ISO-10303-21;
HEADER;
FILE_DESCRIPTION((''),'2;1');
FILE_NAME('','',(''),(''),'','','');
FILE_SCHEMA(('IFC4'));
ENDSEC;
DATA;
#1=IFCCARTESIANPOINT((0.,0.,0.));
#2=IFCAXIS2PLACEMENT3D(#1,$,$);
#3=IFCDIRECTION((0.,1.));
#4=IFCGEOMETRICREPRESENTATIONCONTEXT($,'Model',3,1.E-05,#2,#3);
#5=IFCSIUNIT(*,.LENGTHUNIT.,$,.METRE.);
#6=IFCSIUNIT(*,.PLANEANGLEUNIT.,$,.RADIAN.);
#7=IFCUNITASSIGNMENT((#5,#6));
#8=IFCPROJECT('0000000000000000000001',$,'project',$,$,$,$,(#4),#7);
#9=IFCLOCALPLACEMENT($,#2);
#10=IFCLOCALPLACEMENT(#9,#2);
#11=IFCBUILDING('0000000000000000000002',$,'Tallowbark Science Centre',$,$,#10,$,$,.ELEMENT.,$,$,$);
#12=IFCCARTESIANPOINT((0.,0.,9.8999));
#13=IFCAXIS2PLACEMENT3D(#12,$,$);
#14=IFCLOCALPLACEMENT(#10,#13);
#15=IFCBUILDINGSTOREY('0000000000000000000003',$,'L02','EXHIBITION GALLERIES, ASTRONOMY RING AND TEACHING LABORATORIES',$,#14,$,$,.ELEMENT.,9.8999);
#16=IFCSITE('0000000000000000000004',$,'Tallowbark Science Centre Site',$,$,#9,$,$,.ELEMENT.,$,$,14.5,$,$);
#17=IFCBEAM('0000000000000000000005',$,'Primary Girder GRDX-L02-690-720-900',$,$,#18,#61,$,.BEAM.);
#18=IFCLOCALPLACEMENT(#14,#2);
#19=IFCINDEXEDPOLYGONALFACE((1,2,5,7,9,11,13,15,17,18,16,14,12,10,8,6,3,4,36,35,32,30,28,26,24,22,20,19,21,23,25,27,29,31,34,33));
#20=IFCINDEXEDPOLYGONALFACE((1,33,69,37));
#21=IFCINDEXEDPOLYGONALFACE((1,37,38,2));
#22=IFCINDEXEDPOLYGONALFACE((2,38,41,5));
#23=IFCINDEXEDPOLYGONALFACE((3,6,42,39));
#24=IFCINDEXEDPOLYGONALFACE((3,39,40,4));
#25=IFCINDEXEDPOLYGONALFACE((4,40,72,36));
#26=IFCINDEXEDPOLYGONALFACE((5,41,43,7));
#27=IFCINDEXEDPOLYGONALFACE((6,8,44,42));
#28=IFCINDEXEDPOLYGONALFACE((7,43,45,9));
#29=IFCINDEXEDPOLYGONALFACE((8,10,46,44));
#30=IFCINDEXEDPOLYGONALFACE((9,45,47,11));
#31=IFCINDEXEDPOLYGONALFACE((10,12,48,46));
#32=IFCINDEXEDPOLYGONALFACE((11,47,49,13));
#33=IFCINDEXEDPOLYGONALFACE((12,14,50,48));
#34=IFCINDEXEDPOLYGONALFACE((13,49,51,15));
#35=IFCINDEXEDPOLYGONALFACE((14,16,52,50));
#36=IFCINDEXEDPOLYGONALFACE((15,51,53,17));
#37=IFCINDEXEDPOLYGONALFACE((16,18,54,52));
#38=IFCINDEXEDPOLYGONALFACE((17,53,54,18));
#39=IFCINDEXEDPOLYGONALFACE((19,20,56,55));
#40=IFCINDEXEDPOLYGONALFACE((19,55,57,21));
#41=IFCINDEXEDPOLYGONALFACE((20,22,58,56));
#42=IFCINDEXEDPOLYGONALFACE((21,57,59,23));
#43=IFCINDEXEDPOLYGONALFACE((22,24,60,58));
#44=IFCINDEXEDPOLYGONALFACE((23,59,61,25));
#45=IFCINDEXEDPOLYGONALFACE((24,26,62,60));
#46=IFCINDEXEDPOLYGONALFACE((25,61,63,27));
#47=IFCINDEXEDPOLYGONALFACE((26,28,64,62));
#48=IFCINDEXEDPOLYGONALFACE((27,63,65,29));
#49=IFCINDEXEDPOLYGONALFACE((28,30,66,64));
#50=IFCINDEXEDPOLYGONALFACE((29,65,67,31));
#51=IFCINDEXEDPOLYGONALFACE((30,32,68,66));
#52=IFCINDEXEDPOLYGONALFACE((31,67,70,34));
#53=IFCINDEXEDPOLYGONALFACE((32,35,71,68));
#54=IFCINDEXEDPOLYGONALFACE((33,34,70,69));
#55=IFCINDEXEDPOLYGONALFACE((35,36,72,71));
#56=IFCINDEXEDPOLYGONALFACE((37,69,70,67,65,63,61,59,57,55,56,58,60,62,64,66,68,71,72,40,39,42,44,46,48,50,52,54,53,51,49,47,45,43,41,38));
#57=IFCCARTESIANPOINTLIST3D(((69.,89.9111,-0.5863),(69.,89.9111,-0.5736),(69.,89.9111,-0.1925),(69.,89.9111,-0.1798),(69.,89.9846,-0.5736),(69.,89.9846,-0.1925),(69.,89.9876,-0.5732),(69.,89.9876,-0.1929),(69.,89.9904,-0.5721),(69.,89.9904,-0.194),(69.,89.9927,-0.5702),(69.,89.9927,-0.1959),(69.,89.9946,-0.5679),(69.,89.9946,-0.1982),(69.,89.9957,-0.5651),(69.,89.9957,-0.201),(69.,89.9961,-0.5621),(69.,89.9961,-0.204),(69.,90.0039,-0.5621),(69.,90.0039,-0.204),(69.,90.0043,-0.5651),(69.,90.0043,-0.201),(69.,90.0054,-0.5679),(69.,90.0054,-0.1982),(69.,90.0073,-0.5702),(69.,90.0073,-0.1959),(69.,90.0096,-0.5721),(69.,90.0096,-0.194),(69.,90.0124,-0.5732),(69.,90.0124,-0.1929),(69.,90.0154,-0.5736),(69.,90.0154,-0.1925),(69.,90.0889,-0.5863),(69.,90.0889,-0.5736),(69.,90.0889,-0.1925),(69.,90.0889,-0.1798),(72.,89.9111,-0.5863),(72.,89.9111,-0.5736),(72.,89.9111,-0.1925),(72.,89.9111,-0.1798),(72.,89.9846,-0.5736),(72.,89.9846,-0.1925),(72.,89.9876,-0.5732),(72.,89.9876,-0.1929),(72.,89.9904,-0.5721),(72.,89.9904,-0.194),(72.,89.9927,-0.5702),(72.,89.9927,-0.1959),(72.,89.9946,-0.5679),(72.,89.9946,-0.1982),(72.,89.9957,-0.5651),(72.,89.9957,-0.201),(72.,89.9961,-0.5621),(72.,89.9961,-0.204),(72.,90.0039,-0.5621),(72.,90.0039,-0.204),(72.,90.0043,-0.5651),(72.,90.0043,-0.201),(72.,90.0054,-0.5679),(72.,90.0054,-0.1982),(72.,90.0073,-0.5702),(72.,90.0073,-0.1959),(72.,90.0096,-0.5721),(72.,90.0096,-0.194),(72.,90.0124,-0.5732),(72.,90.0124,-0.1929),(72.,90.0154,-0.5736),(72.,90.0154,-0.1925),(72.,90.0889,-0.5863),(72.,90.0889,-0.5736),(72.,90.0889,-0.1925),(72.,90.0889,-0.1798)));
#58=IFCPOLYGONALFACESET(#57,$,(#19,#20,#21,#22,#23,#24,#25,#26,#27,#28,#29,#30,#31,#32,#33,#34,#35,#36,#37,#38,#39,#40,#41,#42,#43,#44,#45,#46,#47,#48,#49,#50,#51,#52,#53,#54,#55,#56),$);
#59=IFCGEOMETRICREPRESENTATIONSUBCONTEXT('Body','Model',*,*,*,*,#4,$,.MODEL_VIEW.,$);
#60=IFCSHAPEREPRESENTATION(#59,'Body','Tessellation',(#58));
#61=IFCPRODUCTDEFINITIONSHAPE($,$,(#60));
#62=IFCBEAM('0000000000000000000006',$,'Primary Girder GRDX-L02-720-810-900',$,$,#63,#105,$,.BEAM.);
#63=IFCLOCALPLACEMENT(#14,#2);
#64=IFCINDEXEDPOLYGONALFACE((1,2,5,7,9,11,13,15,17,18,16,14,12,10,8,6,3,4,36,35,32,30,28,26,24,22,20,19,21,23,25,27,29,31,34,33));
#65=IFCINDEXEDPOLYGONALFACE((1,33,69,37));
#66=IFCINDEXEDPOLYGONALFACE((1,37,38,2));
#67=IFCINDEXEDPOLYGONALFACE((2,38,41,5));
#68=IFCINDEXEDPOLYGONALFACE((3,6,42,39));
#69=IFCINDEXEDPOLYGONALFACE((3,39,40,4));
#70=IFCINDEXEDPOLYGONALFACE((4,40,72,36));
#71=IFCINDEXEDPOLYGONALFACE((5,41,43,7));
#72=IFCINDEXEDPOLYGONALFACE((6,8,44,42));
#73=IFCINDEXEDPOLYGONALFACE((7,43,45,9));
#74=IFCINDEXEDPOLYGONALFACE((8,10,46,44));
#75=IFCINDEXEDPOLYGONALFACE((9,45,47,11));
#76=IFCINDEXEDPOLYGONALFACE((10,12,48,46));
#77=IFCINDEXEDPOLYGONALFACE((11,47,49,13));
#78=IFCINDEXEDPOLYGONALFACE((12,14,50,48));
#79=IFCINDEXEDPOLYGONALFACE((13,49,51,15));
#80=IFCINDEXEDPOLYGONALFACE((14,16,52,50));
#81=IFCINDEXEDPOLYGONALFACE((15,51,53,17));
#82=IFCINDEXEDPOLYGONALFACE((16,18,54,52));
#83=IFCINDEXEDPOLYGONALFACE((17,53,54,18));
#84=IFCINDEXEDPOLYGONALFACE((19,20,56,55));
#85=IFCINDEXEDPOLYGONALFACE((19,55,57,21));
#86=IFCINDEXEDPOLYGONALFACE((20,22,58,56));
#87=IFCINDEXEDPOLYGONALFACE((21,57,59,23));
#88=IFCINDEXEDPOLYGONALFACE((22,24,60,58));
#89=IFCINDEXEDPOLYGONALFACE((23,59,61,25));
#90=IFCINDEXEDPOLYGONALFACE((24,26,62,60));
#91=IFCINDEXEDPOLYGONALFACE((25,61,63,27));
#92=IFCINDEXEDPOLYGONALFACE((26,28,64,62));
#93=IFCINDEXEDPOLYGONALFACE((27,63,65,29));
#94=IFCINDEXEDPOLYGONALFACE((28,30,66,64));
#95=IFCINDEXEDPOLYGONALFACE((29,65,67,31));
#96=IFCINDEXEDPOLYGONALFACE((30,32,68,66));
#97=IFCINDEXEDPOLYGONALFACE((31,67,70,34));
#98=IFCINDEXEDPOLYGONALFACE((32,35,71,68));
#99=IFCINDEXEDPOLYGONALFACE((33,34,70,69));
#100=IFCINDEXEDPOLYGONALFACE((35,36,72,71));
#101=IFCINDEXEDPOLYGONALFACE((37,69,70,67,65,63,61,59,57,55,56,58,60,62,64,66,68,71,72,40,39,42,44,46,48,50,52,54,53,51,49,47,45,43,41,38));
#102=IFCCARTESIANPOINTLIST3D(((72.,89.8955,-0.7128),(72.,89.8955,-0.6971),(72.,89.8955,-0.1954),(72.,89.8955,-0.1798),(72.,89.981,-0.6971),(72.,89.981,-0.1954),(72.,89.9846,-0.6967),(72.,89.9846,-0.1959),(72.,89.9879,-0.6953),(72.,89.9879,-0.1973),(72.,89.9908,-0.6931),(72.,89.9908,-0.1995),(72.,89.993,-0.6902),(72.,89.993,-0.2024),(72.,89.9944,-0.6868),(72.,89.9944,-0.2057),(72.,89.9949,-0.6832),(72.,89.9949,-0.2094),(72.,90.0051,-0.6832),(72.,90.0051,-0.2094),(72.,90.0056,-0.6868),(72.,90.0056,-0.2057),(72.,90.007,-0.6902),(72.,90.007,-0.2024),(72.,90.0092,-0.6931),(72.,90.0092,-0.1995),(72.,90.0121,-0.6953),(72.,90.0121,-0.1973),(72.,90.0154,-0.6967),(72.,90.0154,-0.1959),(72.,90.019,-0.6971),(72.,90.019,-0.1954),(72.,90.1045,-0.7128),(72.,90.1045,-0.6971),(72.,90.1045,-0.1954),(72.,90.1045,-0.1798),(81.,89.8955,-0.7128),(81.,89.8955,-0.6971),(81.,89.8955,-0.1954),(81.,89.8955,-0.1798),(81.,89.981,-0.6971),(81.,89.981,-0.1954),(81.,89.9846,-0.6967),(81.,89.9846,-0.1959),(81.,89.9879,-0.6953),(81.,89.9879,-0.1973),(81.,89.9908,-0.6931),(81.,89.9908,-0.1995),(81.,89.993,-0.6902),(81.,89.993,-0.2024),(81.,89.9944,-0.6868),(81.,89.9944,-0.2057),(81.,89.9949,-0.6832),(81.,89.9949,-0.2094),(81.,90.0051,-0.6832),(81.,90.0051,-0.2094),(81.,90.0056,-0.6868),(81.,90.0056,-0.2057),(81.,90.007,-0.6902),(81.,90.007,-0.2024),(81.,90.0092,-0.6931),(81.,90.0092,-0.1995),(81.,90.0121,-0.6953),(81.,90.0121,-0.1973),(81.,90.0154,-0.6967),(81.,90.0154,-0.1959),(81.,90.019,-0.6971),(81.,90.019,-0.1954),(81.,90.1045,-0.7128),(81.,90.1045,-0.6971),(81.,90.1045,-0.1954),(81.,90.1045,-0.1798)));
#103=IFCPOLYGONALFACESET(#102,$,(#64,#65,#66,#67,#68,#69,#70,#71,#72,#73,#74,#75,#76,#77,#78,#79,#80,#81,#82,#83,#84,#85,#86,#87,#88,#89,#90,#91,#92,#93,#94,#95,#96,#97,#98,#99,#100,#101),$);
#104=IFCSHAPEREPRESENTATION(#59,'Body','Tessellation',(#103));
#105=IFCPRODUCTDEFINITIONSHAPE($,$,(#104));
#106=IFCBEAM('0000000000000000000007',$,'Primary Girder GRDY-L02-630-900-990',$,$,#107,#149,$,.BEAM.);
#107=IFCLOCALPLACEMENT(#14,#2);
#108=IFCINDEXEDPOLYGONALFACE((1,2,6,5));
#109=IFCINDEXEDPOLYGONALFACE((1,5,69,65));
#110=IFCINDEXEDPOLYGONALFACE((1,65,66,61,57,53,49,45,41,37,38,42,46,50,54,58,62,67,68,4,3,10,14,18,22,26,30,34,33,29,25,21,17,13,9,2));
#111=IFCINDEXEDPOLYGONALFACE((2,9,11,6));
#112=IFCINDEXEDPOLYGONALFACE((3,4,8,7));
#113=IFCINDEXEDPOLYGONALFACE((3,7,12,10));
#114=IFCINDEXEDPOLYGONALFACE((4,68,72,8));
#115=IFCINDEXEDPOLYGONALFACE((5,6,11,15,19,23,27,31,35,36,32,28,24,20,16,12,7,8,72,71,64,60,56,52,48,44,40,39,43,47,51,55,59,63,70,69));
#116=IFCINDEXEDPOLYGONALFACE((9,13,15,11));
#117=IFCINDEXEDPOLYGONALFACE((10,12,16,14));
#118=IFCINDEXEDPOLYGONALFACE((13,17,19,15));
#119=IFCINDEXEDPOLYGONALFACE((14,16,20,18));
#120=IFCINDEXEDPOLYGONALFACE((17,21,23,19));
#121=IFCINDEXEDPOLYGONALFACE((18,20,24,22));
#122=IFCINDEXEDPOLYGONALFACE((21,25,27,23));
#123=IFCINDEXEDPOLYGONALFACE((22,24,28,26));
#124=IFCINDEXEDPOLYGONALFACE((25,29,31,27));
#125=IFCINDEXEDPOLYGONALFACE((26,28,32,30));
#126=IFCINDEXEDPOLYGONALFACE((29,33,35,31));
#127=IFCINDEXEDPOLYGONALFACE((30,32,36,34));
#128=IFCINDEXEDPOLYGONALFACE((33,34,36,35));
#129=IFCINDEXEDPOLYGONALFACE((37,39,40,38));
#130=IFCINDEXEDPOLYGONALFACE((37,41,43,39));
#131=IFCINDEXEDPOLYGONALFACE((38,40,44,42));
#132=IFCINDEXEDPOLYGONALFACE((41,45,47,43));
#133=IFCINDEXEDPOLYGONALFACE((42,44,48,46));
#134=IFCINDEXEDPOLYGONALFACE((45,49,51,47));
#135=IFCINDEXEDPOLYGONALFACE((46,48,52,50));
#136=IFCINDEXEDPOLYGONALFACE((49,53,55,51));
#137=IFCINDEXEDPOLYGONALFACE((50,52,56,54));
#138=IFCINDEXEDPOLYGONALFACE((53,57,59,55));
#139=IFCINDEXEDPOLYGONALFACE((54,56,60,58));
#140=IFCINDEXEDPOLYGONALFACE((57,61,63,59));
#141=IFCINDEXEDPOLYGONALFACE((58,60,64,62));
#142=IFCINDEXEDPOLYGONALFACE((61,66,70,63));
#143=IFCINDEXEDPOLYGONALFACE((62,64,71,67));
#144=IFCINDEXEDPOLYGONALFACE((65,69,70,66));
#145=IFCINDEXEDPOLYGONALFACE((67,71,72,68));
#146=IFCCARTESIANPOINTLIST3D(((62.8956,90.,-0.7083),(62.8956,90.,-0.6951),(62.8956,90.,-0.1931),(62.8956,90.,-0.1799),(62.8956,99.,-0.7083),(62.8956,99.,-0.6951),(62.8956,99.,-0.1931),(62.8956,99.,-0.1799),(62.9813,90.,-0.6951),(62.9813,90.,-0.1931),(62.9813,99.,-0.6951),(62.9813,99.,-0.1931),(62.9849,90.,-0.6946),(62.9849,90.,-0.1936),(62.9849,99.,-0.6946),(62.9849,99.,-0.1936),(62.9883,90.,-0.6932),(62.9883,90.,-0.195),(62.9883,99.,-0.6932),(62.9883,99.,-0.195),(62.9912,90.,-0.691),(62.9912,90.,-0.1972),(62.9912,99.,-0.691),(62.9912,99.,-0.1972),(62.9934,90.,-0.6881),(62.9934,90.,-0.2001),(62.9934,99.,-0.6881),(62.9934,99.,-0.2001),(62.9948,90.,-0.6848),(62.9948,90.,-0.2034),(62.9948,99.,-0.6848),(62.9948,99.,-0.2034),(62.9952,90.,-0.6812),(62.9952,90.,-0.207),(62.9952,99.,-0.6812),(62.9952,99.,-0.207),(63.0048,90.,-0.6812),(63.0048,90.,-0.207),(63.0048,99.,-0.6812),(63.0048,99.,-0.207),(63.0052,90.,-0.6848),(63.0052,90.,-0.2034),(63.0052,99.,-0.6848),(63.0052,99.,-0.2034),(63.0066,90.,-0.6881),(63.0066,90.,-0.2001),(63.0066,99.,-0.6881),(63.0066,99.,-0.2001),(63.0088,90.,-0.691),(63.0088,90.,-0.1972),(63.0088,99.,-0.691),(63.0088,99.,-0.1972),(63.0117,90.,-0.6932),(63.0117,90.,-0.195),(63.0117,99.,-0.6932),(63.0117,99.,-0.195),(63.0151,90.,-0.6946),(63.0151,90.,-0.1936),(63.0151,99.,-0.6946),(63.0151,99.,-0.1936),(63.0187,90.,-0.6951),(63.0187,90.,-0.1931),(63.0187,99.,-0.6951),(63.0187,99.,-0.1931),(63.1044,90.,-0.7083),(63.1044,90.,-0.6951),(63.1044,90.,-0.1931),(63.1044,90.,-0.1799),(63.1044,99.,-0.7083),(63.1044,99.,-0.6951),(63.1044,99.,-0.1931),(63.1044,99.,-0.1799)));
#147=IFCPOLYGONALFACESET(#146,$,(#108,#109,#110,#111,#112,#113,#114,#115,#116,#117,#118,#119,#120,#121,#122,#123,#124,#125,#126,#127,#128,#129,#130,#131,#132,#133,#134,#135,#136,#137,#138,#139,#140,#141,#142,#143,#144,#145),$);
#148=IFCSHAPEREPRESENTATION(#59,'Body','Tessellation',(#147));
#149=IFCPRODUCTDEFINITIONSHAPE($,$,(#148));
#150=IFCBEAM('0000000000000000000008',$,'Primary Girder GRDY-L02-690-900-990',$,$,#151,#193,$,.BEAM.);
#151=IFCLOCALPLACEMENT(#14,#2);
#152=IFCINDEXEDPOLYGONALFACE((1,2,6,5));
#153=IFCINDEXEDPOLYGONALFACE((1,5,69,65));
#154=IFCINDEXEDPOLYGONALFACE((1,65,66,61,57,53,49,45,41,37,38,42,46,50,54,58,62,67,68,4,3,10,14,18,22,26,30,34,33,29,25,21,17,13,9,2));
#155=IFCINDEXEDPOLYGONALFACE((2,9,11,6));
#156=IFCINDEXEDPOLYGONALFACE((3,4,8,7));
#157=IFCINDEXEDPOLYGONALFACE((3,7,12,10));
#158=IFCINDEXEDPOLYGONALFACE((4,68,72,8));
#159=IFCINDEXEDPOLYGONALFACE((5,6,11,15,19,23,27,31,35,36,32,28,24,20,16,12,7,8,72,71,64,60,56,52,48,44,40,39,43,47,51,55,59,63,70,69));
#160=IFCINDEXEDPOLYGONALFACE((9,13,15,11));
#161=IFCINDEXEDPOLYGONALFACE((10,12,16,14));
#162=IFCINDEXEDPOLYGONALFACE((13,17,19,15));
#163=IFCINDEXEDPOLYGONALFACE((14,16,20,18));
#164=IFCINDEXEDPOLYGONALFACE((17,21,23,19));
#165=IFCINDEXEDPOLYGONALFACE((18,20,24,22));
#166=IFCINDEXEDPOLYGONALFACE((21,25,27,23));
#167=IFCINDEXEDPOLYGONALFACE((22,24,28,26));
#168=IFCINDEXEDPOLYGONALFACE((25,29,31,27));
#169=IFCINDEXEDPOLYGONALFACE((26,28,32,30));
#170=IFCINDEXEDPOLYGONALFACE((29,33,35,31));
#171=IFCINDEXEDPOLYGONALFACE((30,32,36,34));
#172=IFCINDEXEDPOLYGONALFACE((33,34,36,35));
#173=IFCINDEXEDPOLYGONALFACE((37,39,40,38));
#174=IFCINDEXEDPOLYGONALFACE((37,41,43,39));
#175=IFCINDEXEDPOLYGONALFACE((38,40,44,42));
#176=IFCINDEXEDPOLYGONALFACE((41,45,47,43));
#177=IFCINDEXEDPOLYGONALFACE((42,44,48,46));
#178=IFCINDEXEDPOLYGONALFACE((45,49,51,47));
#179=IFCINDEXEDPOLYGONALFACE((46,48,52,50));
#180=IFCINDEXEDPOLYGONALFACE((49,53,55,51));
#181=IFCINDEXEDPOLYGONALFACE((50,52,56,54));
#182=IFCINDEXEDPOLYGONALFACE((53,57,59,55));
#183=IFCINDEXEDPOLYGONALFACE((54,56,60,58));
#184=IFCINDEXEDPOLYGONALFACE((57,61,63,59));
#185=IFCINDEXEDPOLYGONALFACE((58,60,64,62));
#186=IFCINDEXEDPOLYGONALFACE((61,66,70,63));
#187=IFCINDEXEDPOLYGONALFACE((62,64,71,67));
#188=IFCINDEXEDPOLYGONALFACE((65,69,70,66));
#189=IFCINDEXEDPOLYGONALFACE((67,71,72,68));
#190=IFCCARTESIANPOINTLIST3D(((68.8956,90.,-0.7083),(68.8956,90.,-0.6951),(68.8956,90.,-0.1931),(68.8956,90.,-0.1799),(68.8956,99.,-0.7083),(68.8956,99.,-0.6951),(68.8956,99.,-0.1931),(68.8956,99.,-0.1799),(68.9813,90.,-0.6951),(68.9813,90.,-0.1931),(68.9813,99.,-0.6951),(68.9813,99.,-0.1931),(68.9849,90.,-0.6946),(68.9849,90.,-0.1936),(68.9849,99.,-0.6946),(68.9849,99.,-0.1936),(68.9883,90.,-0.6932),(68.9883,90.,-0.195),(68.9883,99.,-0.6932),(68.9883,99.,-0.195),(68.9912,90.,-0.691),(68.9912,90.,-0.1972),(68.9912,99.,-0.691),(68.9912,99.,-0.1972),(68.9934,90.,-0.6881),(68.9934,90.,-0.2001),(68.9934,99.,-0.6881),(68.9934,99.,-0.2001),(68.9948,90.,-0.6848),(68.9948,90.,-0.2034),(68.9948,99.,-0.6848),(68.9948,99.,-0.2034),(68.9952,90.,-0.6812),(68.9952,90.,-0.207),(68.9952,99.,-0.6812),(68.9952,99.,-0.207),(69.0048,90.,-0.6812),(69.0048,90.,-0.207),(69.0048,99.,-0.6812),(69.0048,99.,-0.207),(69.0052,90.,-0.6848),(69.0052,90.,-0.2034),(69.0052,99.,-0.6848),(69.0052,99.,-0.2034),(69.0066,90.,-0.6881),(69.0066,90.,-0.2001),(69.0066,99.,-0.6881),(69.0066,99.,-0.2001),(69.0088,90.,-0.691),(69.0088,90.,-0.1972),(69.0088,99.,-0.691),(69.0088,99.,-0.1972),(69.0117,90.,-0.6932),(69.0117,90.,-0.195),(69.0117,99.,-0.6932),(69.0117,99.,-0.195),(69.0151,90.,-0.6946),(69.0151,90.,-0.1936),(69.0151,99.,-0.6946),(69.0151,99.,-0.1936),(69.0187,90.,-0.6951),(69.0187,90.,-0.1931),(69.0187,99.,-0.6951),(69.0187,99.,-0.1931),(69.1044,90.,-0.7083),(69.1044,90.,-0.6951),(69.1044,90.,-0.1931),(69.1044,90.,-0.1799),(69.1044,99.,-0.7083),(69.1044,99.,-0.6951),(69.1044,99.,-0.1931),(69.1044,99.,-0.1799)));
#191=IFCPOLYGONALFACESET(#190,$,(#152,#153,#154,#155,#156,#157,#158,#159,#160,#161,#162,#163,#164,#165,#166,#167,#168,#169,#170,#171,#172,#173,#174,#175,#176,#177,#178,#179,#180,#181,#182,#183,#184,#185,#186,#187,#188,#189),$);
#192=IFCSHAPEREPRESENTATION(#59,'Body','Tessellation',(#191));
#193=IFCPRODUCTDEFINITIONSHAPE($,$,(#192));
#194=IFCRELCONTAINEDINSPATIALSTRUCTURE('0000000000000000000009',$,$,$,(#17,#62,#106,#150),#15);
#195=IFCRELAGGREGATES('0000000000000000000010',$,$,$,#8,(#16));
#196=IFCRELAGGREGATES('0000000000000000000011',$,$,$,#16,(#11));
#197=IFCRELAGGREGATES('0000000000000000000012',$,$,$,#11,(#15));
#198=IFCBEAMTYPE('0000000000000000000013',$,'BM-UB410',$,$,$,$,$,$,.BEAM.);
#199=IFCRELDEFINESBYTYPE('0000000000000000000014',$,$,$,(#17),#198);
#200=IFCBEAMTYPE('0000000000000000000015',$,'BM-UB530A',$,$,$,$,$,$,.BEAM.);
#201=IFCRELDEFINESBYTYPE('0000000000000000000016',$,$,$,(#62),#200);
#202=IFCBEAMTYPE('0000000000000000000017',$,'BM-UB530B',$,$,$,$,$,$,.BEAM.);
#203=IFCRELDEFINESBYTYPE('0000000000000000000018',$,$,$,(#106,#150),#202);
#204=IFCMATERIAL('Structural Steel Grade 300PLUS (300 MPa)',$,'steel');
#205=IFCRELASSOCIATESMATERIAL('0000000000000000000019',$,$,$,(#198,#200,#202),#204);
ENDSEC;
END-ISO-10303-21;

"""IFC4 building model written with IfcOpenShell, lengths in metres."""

from ifc_helpers import new_model, si_unit, direction, frame, origin, origin_2d, place, context, subcontext, project, spatial, i_section, extrude, material, material_profile, profile_set, type_object, element, save


model = new_model("IFC4")

# Units and contexts
model_context = context("Model", 3, precision=1e-05, world=origin(), true_north=direction((0.0, 1.0)))
body_context = subcontext(model_context, "Body", "Model", "MODEL_VIEW")
ifc_project = project(units=[si_unit("LENGTHUNIT", "METRE"), si_unit("PLANEANGLEUNIT", "RADIAN")], contexts=[model_context])

# Site, building, storey
site_placement = place(None, origin())
site = spatial("IfcSite", under=ifc_project, at=site_placement, Name="Tallowbark Science Centre Site", CompositionType="ELEMENT", RefElevation=14.5)
building_placement = place(site_placement, origin())
building = spatial("IfcBuilding", under=site, at=building_placement, Name="Tallowbark Science Centre", CompositionType="ELEMENT")
storey_placement = place(building_placement, frame((0.0, 0.0, 9.8999)))
storey = spatial("IfcBuildingStorey", under=building, at=storey_placement, Name="L02", Description="EXHIBITION GALLERIES, ASTRONOMY RING AND TEACHING LABORATORIES", CompositionType="ELEMENT", Elevation=9.8999)

# Shared definitions
ifc_material_1 = material(Name="Structural Steel Grade 300PLUS (300 MPa)", Category="steel")

# Beams
ifc_material_profile_1 = material_profile(ifc_material_1, i_section(OverallWidth=0.1777, OverallDepth=0.4065, WebThickness=0.0078, FlangeThickness=0.0127, FilletRadius=0.0115, at=origin_2d()), Name="410UB59.7")
ifc_profile_set_1 = profile_set([ifc_material_profile_1], Name="Structural Steel Grade 300PLUS (300 MPa)")
beam_type_1 = type_object("IfcBeamType", Name="BM-UB410", PredefinedType="BEAM", material=ifc_profile_set_1)
beam_1_placement = place(storey_placement, frame((69.0, 90.0, -0.3831), z_axis=(1.0, 0.0, 0.0), x_axis=(0.0, 1.0, 0.0)))
element("IfcBeam", 1, at=beam_1_placement, inside=storey, type_object=beam_type_1, Name="Primary Girder GRDX-L02-690-720-900", PredefinedType="BEAM", context=body_context, shape_type="SweptSolid", body=[
    extrude(i_section(OverallWidth=0.1777, OverallDepth=0.4065, WebThickness=0.0078, FlangeThickness=0.0127, FilletRadius=0.0115, at=origin_2d()), origin(), (0.0, 0.0, 1.0), 3.0),
])
ifc_material_profile_2 = material_profile(ifc_material_1, i_section(OverallWidth=0.209, OverallDepth=0.533, WebThickness=0.0103, FlangeThickness=0.0156, FilletRadius=0.0139, at=origin_2d()), Name="530UB92.4")
ifc_profile_set_2 = profile_set([ifc_material_profile_2], Name="Structural Steel Grade 300PLUS (300 MPa)")
beam_type_2 = type_object("IfcBeamType", Name="BM-UB530A", PredefinedType="BEAM", material=ifc_profile_set_2)
beam_2_placement = place(storey_placement, frame((72.0, 90.0, -0.4463), z_axis=(1.0, 0.0, 0.0), x_axis=(0.0, 1.0, 0.0)))
element("IfcBeam", 2, at=beam_2_placement, inside=storey, type_object=beam_type_2, Name="Primary Girder GRDX-L02-720-810-900", PredefinedType="BEAM", context=body_context, shape_type="SweptSolid", body=[
    extrude(i_section(OverallWidth=0.209, OverallDepth=0.533, WebThickness=0.0103, FlangeThickness=0.0156, FilletRadius=0.0139, at=origin_2d()), origin(), (0.0, 0.0, 1.0), 9.0),
])
ifc_material_profile_3 = material_profile(ifc_material_1, i_section(OverallWidth=0.2087, OverallDepth=0.5283, WebThickness=0.0095, FlangeThickness=0.0132, FilletRadius=0.0139, at=origin_2d()), Name="530UB82.0")
ifc_profile_set_3 = profile_set([ifc_material_profile_3], Name="Structural Steel Grade 300PLUS (300 MPa)")
beam_type_3 = type_object("IfcBeamType", Name="BM-UB530B", PredefinedType="BEAM", material=ifc_profile_set_3)
for number, where, z_axis, x_axis, name in (
    (3, (63.0, 90.0, -0.4441), (0.0, 1.0, 0.0), (-1.0, 0.0, 0.0), "Primary Girder GRDY-L02-630-900-990"),
    (4, (69.0, 90.0, -0.4441), (0.0, 1.0, 0.0), (-1.0, 0.0, 0.0), "Primary Girder GRDY-L02-690-900-990"),
):
    element("IfcBeam", number, at=place(storey_placement, frame(where, z_axis=z_axis, x_axis=x_axis)), inside=storey, type_object=beam_type_3, Name=name, PredefinedType="BEAM", context=body_context, shape_type="SweptSolid", body=[
        extrude(i_section(OverallWidth=0.2087, OverallDepth=0.5283, WebThickness=0.0095, FlangeThickness=0.0132, FilletRadius=0.0139, at=origin_2d()), origin(), (0.0, 0.0, 1.0), 9.0),
    ])

save(model, "model.ifc")
